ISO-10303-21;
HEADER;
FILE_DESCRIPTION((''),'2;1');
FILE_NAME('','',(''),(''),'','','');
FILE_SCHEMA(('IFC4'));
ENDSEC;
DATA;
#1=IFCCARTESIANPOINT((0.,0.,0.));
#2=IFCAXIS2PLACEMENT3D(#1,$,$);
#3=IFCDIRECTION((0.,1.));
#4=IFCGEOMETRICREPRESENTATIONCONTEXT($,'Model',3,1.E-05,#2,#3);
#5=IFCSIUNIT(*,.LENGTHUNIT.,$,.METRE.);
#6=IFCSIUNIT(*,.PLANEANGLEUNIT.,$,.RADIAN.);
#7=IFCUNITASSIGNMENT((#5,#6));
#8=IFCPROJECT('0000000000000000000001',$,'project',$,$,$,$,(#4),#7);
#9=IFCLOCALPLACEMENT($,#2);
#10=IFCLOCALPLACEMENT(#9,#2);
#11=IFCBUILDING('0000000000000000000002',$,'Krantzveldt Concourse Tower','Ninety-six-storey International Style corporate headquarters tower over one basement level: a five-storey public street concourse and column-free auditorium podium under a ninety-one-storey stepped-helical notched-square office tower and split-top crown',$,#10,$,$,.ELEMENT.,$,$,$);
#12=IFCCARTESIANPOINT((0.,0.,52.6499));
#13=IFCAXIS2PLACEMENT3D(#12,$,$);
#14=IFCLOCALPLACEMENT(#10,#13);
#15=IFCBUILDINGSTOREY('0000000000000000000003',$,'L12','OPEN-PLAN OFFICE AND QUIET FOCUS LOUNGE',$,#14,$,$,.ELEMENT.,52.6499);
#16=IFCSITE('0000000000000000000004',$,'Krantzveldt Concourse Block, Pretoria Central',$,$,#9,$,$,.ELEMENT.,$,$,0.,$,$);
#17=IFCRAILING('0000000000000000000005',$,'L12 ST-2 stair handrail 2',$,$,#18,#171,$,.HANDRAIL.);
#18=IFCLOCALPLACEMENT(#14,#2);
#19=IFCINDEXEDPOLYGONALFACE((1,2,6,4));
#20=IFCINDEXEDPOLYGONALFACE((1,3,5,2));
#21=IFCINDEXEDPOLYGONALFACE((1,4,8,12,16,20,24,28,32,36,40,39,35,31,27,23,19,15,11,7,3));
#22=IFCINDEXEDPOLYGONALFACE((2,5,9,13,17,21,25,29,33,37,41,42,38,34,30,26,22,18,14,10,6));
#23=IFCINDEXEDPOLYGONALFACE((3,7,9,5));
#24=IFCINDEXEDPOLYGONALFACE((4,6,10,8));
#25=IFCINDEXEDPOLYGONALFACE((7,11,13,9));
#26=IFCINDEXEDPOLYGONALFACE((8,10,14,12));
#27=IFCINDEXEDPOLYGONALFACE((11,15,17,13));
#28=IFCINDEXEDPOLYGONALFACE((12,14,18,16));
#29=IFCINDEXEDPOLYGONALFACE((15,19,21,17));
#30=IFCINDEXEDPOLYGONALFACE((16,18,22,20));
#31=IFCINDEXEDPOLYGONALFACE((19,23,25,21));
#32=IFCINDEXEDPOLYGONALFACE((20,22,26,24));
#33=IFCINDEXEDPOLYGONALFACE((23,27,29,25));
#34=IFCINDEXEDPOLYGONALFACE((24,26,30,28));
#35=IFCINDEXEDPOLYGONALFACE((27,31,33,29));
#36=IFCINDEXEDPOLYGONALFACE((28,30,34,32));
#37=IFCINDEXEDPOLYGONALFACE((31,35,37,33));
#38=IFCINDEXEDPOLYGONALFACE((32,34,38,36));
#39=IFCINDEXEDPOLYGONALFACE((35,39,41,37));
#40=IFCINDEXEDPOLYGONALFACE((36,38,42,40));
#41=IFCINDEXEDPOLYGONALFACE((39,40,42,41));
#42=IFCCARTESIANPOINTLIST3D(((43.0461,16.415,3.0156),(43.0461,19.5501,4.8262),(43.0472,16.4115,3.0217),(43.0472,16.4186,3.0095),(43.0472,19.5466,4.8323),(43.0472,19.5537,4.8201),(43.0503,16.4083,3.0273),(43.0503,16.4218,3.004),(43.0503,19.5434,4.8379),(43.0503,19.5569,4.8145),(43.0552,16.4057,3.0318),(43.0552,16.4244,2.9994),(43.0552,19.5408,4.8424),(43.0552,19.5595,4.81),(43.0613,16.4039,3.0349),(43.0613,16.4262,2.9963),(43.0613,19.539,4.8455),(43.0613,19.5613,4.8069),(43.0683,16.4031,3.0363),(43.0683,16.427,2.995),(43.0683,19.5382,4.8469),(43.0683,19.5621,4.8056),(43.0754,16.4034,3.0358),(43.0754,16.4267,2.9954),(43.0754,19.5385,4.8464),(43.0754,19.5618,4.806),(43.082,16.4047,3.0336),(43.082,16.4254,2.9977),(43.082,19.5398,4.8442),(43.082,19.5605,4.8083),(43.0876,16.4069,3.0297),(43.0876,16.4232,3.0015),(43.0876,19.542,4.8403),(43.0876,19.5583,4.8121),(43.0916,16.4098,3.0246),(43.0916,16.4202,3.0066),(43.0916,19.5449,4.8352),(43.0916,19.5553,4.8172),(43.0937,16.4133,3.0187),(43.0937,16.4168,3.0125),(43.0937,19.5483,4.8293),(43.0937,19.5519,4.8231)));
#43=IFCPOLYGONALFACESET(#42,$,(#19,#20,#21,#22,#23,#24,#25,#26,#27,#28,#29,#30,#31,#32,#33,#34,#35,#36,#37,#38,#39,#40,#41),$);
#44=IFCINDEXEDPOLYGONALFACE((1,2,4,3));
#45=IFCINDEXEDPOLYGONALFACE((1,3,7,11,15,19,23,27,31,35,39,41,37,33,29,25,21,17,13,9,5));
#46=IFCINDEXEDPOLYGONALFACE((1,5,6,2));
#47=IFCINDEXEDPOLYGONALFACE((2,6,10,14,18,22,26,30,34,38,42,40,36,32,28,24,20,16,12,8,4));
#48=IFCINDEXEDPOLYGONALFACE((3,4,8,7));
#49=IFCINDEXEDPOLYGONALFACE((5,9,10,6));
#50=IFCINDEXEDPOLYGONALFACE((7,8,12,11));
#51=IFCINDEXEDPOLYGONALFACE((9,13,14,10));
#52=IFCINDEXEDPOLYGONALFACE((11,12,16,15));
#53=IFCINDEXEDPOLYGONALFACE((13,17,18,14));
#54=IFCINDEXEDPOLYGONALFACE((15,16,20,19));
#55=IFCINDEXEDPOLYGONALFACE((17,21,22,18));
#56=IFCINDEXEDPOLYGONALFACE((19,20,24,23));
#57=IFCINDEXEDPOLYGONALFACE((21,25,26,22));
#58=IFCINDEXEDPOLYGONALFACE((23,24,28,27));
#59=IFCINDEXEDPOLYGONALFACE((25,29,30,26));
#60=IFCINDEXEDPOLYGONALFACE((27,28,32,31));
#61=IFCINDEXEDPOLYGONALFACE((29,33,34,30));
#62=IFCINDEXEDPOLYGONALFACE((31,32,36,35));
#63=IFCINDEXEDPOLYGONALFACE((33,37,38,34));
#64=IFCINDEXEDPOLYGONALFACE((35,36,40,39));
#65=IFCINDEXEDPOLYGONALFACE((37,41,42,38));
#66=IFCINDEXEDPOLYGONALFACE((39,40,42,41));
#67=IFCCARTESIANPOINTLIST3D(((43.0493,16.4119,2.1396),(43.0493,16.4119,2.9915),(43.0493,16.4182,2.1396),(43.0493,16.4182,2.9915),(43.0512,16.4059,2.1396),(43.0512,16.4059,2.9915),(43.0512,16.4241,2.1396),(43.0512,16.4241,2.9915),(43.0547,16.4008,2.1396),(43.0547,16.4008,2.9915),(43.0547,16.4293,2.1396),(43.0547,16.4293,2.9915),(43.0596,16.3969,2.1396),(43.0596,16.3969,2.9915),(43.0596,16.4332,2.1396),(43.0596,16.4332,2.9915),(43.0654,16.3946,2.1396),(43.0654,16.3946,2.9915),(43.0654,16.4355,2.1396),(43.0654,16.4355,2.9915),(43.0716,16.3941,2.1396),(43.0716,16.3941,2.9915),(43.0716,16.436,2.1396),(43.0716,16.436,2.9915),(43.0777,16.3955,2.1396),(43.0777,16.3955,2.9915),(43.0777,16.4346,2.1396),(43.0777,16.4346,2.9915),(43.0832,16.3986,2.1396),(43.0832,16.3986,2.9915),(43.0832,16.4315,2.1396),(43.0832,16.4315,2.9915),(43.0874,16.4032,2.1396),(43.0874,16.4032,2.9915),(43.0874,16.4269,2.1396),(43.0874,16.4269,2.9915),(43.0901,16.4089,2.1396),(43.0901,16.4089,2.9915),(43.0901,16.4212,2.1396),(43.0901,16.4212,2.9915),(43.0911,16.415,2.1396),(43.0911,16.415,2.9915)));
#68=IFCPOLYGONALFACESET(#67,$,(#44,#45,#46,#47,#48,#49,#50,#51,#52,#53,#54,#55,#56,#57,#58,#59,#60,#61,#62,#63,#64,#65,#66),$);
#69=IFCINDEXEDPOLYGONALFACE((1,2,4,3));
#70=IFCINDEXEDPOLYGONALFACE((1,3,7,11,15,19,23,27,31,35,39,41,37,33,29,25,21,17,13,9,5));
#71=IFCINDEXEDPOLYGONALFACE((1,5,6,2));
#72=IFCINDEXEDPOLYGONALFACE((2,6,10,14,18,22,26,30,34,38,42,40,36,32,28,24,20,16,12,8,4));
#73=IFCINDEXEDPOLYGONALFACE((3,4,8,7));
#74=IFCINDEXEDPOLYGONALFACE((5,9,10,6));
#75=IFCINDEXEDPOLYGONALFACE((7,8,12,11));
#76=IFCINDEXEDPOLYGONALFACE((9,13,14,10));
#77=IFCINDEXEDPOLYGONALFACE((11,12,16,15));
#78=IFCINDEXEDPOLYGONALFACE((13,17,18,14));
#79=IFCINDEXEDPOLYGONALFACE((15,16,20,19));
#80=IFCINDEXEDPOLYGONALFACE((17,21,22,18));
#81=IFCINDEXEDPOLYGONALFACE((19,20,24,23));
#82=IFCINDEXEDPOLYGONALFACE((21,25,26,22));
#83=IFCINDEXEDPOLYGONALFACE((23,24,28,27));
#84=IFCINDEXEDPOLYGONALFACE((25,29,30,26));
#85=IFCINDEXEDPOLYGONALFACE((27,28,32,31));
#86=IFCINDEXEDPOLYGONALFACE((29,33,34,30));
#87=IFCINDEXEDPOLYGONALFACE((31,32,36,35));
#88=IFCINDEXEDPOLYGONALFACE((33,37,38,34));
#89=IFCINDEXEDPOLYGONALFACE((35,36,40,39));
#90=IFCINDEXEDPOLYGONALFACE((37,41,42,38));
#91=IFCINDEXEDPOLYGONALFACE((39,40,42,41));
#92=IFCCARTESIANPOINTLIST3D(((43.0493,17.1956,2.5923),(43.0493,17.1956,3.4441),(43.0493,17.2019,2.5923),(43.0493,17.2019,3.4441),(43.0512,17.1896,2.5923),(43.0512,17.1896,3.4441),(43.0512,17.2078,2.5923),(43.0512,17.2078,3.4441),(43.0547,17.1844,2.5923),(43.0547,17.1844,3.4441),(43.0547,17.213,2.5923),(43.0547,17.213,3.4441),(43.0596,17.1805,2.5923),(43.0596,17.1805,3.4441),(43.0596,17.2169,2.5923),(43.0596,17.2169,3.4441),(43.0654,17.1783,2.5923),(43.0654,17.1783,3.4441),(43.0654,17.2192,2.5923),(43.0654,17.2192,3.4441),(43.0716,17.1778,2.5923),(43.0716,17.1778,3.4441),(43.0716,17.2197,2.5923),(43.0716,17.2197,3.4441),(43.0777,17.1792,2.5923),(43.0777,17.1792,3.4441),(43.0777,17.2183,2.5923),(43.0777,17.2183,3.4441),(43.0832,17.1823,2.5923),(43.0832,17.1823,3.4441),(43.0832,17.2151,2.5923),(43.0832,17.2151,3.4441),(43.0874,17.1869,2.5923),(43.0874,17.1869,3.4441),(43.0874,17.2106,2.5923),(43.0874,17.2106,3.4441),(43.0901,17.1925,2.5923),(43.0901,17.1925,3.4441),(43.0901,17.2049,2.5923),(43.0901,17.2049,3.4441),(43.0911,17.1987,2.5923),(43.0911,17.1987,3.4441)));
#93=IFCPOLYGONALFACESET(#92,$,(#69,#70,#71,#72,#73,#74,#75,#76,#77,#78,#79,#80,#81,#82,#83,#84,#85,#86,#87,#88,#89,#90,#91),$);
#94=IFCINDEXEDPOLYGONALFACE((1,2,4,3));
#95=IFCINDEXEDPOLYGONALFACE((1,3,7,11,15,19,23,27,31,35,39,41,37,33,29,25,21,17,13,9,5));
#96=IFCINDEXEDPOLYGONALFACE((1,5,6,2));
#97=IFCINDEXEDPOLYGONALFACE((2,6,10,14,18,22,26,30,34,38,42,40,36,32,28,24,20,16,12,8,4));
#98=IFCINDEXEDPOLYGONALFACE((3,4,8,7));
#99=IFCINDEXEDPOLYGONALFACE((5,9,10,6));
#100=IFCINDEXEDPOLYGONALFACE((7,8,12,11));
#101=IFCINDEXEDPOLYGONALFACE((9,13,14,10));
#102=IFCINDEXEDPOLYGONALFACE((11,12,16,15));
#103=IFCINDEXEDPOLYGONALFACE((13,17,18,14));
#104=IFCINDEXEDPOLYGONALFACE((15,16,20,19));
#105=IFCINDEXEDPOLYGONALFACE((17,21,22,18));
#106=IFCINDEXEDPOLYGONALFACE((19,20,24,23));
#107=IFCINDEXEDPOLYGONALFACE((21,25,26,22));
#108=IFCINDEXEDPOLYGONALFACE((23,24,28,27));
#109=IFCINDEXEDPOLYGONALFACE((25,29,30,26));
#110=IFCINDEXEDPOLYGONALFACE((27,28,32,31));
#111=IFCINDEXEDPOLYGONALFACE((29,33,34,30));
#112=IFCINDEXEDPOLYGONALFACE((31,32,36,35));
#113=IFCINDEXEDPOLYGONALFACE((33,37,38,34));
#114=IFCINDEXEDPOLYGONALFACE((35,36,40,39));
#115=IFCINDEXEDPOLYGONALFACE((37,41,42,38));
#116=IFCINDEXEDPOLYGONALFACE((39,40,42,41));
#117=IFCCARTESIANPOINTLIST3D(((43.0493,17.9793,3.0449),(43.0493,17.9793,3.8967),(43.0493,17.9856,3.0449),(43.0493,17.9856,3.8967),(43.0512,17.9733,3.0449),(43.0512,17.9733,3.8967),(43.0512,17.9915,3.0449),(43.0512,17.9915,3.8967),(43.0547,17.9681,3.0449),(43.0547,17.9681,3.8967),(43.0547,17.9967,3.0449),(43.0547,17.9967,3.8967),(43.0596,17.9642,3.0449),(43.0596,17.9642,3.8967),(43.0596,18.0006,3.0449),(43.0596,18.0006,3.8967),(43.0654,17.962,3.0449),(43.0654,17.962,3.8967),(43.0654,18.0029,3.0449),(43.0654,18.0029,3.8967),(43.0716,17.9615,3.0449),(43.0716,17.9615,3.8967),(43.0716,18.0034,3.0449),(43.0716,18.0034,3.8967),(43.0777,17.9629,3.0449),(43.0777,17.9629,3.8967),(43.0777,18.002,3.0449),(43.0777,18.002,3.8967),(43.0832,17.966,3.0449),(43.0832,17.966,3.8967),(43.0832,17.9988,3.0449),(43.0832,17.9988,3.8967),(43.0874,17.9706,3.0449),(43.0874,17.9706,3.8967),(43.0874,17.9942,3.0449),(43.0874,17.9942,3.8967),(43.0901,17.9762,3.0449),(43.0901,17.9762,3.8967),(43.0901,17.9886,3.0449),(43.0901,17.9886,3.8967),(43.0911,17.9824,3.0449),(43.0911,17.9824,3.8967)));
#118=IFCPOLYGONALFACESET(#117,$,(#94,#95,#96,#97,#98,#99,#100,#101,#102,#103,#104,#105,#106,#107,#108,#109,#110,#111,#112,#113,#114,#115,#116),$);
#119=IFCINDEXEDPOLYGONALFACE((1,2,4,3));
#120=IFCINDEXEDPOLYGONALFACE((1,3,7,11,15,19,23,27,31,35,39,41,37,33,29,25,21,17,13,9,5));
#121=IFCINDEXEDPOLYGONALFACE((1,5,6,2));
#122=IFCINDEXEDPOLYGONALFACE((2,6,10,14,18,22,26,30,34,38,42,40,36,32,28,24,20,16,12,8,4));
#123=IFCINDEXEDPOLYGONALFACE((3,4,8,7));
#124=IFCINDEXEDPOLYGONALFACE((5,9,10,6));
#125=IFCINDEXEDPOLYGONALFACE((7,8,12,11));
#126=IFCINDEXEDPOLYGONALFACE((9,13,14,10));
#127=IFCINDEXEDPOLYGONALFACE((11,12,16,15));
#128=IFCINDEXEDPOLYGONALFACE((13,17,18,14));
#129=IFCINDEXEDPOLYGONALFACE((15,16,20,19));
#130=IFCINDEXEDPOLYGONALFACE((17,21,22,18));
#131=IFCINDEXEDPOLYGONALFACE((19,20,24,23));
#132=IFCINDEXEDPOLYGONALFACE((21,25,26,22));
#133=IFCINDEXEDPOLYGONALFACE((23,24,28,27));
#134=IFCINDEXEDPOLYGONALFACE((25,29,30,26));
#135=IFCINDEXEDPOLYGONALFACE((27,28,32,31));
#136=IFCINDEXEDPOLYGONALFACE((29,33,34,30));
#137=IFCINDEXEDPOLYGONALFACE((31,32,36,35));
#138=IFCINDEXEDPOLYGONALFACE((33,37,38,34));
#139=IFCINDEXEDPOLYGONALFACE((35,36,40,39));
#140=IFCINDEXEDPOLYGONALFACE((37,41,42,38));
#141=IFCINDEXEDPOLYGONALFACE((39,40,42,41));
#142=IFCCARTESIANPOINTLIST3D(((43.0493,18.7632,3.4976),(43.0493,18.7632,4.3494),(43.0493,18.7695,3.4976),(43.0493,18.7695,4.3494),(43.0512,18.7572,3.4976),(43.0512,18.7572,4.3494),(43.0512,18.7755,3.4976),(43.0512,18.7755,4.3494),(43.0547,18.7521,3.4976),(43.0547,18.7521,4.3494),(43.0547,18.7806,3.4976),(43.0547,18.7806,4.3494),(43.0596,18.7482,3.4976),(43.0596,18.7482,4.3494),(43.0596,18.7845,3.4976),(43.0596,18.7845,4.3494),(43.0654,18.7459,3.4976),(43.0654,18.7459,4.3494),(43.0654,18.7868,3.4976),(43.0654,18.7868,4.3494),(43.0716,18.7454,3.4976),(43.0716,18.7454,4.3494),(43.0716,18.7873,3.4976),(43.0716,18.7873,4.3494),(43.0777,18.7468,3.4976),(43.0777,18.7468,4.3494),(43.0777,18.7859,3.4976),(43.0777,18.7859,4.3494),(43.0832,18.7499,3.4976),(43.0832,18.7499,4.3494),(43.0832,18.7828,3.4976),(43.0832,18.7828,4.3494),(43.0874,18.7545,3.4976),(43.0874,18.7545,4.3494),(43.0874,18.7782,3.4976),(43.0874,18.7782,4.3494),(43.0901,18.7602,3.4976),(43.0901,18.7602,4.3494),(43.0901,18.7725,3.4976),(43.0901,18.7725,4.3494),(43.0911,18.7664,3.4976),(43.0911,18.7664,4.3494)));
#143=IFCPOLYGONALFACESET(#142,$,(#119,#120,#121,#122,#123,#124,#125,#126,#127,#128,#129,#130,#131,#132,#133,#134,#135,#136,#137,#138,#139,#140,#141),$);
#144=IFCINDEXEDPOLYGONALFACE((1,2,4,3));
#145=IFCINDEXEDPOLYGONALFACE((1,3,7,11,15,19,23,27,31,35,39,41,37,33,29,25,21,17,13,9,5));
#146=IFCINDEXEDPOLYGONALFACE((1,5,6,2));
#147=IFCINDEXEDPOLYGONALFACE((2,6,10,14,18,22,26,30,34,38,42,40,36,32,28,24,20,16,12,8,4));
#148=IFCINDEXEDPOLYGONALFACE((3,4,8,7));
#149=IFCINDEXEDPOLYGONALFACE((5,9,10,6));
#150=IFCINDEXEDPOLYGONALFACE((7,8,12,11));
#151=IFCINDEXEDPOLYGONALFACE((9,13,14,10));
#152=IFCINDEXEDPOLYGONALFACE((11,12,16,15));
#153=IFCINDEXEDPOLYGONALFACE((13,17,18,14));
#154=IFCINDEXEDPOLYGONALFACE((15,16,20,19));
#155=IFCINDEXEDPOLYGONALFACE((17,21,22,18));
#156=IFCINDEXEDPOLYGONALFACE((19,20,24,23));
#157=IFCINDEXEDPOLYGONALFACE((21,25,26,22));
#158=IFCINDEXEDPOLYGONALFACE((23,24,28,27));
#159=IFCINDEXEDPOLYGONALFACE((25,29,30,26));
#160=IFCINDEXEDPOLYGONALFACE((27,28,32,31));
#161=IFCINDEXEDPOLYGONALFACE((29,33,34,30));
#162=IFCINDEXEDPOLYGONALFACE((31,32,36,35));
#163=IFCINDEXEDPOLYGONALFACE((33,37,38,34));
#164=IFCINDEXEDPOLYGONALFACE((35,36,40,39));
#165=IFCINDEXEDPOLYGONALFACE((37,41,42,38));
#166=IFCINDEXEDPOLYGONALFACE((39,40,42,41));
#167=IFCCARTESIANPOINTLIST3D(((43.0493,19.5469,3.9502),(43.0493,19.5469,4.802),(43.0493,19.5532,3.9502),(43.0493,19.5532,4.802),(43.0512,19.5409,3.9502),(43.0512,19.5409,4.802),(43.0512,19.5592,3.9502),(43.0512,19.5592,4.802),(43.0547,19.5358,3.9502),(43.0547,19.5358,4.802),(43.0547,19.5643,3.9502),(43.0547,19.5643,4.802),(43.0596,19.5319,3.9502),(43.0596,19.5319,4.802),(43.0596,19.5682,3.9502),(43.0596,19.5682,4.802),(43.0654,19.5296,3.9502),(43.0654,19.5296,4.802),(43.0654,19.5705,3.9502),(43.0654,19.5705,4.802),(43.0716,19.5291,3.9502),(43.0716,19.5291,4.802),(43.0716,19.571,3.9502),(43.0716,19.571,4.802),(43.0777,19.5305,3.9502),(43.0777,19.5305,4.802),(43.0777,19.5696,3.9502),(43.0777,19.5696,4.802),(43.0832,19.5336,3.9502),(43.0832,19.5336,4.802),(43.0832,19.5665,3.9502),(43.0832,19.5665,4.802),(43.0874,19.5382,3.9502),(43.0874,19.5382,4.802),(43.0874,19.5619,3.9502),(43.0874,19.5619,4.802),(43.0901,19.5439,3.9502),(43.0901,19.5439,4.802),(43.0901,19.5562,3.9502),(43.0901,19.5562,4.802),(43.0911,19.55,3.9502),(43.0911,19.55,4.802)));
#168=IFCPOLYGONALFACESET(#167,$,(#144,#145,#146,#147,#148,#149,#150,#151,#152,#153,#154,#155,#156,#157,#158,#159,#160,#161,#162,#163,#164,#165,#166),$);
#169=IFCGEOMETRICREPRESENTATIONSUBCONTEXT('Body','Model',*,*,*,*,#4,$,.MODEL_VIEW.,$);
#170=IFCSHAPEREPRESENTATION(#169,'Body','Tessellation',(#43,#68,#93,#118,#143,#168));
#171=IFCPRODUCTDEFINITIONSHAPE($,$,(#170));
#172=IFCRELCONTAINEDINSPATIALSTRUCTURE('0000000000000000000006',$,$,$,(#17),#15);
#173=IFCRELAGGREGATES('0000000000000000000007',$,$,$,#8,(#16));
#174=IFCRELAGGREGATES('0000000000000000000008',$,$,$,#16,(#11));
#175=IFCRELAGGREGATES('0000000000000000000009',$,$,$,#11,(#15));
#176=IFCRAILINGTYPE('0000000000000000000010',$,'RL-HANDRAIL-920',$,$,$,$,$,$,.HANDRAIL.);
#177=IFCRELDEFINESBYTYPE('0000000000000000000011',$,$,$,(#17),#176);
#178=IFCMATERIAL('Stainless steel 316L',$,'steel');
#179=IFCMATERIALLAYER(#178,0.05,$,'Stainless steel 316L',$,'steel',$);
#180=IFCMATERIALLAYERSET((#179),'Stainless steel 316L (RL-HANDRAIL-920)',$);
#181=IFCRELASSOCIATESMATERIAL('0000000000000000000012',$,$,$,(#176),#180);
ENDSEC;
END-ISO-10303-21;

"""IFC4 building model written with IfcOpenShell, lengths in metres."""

from ifc_helpers import new_model, si_unit, direction, frame, origin, origin_2d, place, context, subcontext, project, spatial, circle, extrude, material, layer, layer_set, type_object, element, save


model = new_model("IFC4")

# Units and contexts
model_context = context("Model", 3, precision=1e-05, world=origin(), true_north=direction((0.0, 1.0)))
body_context = subcontext(model_context, "Body", "Model", "MODEL_VIEW")
ifc_project = project(units=[si_unit("LENGTHUNIT", "METRE"), si_unit("PLANEANGLEUNIT", "RADIAN")], contexts=[model_context])

# Site, building, storey
site_placement = place(None, origin())
site = spatial("IfcSite", under=ifc_project, at=site_placement, Name="Krantzveldt Concourse Block, Pretoria Central", CompositionType="ELEMENT", RefElevation=0.0)
building_placement = place(site_placement, origin())
building = spatial("IfcBuilding", under=site, at=building_placement, Name="Krantzveldt Concourse Tower", Description="Ninety-six-storey International Style corporate headquarters tower over one basement level: a five-storey public street concourse and column-free auditorium podium under a ninety-one-storey stepped-helical notched-square office tower and split-top crown", CompositionType="ELEMENT")
storey_placement = place(building_placement, frame((0.0, 0.0, 52.6499)))
storey = spatial("IfcBuildingStorey", under=building, at=storey_placement, Name="L12", Description="OPEN-PLAN OFFICE AND QUIET FOCUS LOUNGE", CompositionType="ELEMENT", Elevation=52.6499)

# Shared definitions
ifc_material_1 = material(Name="Stainless steel 316L", Category="steel")

# Railing
ifc_layer_1 = layer(ifc_material_1, 0.05, Name="Stainless steel 316L", Category="steel")
ifc_layer_set_1 = layer_set([ifc_layer_1], Name="Stainless steel 316L (RL-HANDRAIL-920)")
railing_type_1 = type_object("IfcRailingType", Name="RL-HANDRAIL-920", PredefinedType="HANDRAIL", material=ifc_layer_set_1)
railing_1_placement = place(storey_placement, frame((43.0701, 16.415, 2.1396)))
element("IfcRailing", 1, at=railing_1_placement, inside=storey, type_object=railing_type_1, Name="L12 ST-2 stair handrail 2", PredefinedType="HANDRAIL", context=body_context, shape_type="SweptSolid", body=[
    extrude(circle(Radius=0.0239, at=origin_2d()), frame((0.0, 0.0, 0.876), z_axis=(0.0, 0.86596, 0.500114), x_axis=(-1.0, 0.0, 0.0)), (0.0, 0.0, 1.0), 3.6204),
    extrude(circle(Radius=0.021, at=origin_2d()), origin(), (0.0, 0.0, 1.0), 0.8518),
    extrude(circle(Radius=0.021, at=origin_2d()), frame((0.0, 0.7837, 0.4526)), (0.0, 0.0, 1.0), 0.8518),
    extrude(circle(Radius=0.021, at=origin_2d()), frame((0.0, 1.5674, 0.9053)), (0.0, 0.0, 1.0), 0.8518),
    extrude(circle(Radius=0.021, at=origin_2d()), frame((0.0, 2.3513, 1.3579)), (0.0, 0.0, 1.0), 0.8518),
    extrude(circle(Radius=0.021, at=origin_2d()), frame((0.0, 3.135, 1.8105)), (0.0, 0.0, 1.0), 0.8518),
])

save(model, "model.ifc")
